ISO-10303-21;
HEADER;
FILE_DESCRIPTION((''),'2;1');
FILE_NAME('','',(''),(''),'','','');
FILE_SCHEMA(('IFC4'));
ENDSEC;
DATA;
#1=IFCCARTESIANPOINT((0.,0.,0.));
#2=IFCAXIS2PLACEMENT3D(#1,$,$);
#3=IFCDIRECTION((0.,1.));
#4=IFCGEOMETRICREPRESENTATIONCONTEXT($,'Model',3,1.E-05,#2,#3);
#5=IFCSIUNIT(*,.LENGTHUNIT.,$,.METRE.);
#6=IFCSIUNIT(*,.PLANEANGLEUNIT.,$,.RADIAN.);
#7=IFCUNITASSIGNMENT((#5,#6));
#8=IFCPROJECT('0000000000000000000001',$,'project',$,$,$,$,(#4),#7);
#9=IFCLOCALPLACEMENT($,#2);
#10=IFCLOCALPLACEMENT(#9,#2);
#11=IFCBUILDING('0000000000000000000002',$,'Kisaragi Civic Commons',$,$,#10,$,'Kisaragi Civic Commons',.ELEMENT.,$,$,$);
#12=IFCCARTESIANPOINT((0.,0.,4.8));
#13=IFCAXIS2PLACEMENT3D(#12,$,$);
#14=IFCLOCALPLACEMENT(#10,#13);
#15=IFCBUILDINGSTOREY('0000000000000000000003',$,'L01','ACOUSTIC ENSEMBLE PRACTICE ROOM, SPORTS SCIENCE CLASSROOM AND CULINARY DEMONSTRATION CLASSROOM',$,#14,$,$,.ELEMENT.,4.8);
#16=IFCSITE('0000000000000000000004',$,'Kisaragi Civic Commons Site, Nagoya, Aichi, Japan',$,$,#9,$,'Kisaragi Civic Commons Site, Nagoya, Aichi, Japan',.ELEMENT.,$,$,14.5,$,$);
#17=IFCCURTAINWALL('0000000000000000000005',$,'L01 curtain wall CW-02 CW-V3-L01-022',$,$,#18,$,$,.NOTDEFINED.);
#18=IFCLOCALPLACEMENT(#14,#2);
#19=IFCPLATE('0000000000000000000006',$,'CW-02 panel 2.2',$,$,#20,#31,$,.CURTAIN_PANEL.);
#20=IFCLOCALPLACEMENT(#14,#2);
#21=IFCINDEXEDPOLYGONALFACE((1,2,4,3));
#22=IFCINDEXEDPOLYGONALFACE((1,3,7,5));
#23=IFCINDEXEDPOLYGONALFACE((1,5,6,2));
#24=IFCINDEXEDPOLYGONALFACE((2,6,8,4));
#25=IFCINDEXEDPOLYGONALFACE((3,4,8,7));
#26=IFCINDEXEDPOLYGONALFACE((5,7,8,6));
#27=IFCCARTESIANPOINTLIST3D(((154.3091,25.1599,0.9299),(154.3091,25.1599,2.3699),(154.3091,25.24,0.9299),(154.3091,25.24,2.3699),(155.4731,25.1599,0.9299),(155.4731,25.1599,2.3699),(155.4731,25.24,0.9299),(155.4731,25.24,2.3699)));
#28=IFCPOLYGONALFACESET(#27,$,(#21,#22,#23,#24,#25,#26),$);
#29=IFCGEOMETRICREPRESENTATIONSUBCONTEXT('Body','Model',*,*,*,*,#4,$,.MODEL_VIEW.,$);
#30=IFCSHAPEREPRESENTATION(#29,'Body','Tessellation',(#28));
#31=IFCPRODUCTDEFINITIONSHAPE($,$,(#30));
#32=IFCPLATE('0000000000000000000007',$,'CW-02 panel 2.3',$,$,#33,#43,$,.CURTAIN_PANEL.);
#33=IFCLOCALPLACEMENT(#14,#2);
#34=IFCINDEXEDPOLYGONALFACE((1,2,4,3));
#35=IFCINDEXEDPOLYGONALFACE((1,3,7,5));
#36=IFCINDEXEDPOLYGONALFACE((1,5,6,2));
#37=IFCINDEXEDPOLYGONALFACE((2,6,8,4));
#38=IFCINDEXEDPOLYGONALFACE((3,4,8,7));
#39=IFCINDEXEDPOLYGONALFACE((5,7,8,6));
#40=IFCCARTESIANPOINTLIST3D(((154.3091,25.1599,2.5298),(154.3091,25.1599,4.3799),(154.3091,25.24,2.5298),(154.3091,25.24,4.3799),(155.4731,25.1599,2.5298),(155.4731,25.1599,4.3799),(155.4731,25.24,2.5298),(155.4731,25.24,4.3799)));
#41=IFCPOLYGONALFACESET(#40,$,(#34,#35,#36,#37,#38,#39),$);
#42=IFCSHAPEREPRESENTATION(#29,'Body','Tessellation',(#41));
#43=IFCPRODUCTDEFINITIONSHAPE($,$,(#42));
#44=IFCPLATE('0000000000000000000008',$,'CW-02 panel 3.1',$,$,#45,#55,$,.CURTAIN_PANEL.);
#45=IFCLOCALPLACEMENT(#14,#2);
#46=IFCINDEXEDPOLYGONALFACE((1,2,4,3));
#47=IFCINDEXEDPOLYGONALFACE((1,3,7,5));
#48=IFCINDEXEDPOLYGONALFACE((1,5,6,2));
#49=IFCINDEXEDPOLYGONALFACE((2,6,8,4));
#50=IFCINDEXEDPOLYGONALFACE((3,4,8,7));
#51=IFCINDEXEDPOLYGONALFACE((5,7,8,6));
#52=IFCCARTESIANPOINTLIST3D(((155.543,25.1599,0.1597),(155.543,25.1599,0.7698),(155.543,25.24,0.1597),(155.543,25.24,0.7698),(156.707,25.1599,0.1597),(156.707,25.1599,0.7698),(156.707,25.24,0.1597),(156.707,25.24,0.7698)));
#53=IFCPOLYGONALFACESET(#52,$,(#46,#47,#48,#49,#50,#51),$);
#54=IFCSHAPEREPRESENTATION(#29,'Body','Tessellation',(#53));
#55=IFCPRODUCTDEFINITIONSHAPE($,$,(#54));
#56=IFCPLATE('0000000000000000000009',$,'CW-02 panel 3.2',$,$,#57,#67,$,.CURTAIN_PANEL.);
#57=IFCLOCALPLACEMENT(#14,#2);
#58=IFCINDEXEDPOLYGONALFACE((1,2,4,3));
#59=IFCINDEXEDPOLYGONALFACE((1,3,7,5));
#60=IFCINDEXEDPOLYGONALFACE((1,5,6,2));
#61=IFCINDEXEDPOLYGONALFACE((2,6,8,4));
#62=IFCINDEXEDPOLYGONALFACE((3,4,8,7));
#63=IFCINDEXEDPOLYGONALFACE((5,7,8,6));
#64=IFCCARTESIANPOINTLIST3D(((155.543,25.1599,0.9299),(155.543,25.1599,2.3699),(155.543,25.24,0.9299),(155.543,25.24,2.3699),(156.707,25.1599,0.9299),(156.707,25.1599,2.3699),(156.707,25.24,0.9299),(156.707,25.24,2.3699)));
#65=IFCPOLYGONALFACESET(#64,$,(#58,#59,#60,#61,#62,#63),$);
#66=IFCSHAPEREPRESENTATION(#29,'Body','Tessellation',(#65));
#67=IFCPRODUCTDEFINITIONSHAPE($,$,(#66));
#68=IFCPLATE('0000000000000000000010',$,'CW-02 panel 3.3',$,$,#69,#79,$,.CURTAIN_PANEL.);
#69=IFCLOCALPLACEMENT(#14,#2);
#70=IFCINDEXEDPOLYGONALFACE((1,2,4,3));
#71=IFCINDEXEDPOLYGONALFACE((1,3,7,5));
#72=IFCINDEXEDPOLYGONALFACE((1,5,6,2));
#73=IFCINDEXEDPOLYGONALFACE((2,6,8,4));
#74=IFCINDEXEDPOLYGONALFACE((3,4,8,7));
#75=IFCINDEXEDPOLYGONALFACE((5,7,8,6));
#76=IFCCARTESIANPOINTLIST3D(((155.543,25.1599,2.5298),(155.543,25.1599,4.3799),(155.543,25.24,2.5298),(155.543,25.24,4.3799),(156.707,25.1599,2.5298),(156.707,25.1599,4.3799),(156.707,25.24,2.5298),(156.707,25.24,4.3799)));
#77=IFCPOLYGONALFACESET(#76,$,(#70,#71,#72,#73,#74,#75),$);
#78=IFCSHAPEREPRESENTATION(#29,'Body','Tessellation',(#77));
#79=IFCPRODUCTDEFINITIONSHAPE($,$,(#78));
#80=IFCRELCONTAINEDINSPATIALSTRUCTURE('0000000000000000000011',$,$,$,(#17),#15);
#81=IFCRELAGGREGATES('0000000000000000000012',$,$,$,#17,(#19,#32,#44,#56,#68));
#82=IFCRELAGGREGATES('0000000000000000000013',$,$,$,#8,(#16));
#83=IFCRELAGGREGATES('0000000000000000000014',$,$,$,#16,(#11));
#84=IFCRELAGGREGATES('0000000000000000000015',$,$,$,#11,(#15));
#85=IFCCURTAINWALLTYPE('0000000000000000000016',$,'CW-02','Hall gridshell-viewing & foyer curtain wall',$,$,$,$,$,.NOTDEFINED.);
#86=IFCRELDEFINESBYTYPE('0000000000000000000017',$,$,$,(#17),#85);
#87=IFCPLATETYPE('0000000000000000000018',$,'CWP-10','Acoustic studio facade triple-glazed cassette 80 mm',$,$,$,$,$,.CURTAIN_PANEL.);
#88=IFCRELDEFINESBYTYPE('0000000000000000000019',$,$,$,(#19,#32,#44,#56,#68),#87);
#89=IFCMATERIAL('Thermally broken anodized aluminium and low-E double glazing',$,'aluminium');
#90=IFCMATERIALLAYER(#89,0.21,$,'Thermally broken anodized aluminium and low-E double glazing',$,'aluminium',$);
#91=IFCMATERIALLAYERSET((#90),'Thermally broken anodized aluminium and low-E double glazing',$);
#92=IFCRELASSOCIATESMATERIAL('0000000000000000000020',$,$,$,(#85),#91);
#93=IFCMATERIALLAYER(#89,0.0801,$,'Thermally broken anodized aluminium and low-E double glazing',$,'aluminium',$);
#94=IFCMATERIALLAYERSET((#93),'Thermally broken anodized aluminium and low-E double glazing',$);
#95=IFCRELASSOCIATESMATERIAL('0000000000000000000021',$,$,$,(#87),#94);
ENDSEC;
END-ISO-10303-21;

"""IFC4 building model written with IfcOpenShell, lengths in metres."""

from ifc_helpers import new_model, si_unit, direction, frame, origin, origin_2d, place, context, subcontext, project, spatial, rectangle, extrude, material, layer, layer_set, type_object, element, aggregate, save


model = new_model("IFC4")

# Units and contexts
model_context = context("Model", 3, precision=1e-05, world=origin(), true_north=direction((0.0, 1.0)))
body_context = subcontext(model_context, "Body", "Model", "MODEL_VIEW")
ifc_project = project(units=[si_unit("LENGTHUNIT", "METRE"), si_unit("PLANEANGLEUNIT", "RADIAN")], contexts=[model_context])

# Site, building, storey
site_placement = place(None, origin())
site = spatial("IfcSite", under=ifc_project, at=site_placement, Name="Kisaragi Civic Commons Site, Nagoya, Aichi, Japan", LongName="Kisaragi Civic Commons Site, Nagoya, Aichi, Japan", CompositionType="ELEMENT", RefElevation=14.5)
building_placement = place(site_placement, origin())
building = spatial("IfcBuilding", under=site, at=building_placement, Name="Kisaragi Civic Commons", LongName="Kisaragi Civic Commons", CompositionType="ELEMENT")
storey_placement = place(building_placement, frame((0.0, 0.0, 4.8)))
storey = spatial("IfcBuildingStorey", under=building, at=storey_placement, Name="L01", Description="ACOUSTIC ENSEMBLE PRACTICE ROOM, SPORTS SCIENCE CLASSROOM AND CULINARY DEMONSTRATION CLASSROOM", CompositionType="ELEMENT", Elevation=4.8)

# Curtain wall, plates
ifc_material = material(Name="Thermally broken anodized aluminium and low-E double glazing", Category="aluminium")
ifc_layer_1 = layer(ifc_material, 0.21, Name="Thermally broken anodized aluminium and low-E double glazing", Category="aluminium")
ifc_layer_set_1 = layer_set([ifc_layer_1], Name="Thermally broken anodized aluminium and low-E double glazing")
curtain_wall_type = type_object("IfcCurtainWallType", Name="CW-02", Description="Hall gridshell-viewing & foyer curtain wall", PredefinedType="NOTDEFINED", material=ifc_layer_set_1)
curtain_wall_placement = place(storey_placement, origin())
curtain_wall = element("IfcCurtainWall", 1, at=curtain_wall_placement, inside=storey, type_object=curtain_wall_type, Name="L01 curtain wall CW-02 CW-V3-L01-022", PredefinedType="NOTDEFINED")
ifc_layer_2 = layer(ifc_material, 0.0801, Name="Thermally broken anodized aluminium and low-E double glazing", Category="aluminium")
ifc_layer_set_2 = layer_set([ifc_layer_2], Name="Thermally broken anodized aluminium and low-E double glazing")
plate_type = type_object("IfcPlateType", Name="CWP-10", Description="Acoustic studio facade triple-glazed cassette 80 mm", PredefinedType="CURTAIN_PANEL", material=ifc_layer_set_2)
plate_1_placement = place(storey_placement, frame((154.8911, 25.2, 0.9299), z_axis=(0.0, 0.0, 1.0), x_axis=(1.0, 0.0, 0.0)))
plate_1 = element("IfcPlate", 2, at=plate_1_placement, type_object=plate_type, Name="CW-02 panel 2.2", PredefinedType="CURTAIN_PANEL", context=body_context, shape_type="SweptSolid", body=[
    extrude(rectangle(XDim=1.1641, YDim=0.0801, at=origin_2d()), origin(), (0.0, 0.0, 1.0), 1.4399),
])
plate_2_placement = place(storey_placement, frame((154.8911, 25.2, 2.5298), z_axis=(0.0, 0.0, 1.0), x_axis=(1.0, 0.0, 0.0)))
plate_2 = element("IfcPlate", 3, at=plate_2_placement, type_object=plate_type, Name="CW-02 panel 2.3", PredefinedType="CURTAIN_PANEL", context=body_context, shape_type="SweptSolid", body=[
    extrude(rectangle(XDim=1.1641, YDim=0.0801, at=origin_2d()), origin(), (0.0, 0.0, 1.0), 1.8501),
])
plate_3_placement = place(storey_placement, frame((156.125, 25.2, 0.1597), z_axis=(0.0, 0.0, 1.0), x_axis=(1.0, 0.0, 0.0)))
plate_3 = element("IfcPlate", 4, at=plate_3_placement, type_object=plate_type, Name="CW-02 panel 3.1", PredefinedType="CURTAIN_PANEL", context=body_context, shape_type="SweptSolid", body=[
    extrude(rectangle(XDim=1.1641, YDim=0.0801, at=origin_2d()), origin(), (0.0, 0.0, 1.0), 0.6101),
])
plate_4_placement = place(storey_placement, frame((156.125, 25.2, 0.9299), z_axis=(0.0, 0.0, 1.0), x_axis=(1.0, 0.0, 0.0)))
plate_4 = element("IfcPlate", 5, at=plate_4_placement, type_object=plate_type, Name="CW-02 panel 3.2", PredefinedType="CURTAIN_PANEL", context=body_context, shape_type="SweptSolid", body=[
    extrude(rectangle(XDim=1.1641, YDim=0.0801, at=origin_2d()), origin(), (0.0, 0.0, 1.0), 1.4399),
])
plate_5_placement = place(storey_placement, frame((156.125, 25.2, 2.5298), z_axis=(0.0, 0.0, 1.0), x_axis=(1.0, 0.0, 0.0)))
plate_5 = element("IfcPlate", 6, at=plate_5_placement, type_object=plate_type, Name="CW-02 panel 3.3", PredefinedType="CURTAIN_PANEL", context=body_context, shape_type="SweptSolid", body=[
    extrude(rectangle(XDim=1.1641, YDim=0.0801, at=origin_2d()), origin(), (0.0, 0.0, 1.0), 1.8501),
])
aggregate(curtain_wall, [plate_1, plate_2, plate_3, plate_4, plate_5])

save(model, "model.ifc")
